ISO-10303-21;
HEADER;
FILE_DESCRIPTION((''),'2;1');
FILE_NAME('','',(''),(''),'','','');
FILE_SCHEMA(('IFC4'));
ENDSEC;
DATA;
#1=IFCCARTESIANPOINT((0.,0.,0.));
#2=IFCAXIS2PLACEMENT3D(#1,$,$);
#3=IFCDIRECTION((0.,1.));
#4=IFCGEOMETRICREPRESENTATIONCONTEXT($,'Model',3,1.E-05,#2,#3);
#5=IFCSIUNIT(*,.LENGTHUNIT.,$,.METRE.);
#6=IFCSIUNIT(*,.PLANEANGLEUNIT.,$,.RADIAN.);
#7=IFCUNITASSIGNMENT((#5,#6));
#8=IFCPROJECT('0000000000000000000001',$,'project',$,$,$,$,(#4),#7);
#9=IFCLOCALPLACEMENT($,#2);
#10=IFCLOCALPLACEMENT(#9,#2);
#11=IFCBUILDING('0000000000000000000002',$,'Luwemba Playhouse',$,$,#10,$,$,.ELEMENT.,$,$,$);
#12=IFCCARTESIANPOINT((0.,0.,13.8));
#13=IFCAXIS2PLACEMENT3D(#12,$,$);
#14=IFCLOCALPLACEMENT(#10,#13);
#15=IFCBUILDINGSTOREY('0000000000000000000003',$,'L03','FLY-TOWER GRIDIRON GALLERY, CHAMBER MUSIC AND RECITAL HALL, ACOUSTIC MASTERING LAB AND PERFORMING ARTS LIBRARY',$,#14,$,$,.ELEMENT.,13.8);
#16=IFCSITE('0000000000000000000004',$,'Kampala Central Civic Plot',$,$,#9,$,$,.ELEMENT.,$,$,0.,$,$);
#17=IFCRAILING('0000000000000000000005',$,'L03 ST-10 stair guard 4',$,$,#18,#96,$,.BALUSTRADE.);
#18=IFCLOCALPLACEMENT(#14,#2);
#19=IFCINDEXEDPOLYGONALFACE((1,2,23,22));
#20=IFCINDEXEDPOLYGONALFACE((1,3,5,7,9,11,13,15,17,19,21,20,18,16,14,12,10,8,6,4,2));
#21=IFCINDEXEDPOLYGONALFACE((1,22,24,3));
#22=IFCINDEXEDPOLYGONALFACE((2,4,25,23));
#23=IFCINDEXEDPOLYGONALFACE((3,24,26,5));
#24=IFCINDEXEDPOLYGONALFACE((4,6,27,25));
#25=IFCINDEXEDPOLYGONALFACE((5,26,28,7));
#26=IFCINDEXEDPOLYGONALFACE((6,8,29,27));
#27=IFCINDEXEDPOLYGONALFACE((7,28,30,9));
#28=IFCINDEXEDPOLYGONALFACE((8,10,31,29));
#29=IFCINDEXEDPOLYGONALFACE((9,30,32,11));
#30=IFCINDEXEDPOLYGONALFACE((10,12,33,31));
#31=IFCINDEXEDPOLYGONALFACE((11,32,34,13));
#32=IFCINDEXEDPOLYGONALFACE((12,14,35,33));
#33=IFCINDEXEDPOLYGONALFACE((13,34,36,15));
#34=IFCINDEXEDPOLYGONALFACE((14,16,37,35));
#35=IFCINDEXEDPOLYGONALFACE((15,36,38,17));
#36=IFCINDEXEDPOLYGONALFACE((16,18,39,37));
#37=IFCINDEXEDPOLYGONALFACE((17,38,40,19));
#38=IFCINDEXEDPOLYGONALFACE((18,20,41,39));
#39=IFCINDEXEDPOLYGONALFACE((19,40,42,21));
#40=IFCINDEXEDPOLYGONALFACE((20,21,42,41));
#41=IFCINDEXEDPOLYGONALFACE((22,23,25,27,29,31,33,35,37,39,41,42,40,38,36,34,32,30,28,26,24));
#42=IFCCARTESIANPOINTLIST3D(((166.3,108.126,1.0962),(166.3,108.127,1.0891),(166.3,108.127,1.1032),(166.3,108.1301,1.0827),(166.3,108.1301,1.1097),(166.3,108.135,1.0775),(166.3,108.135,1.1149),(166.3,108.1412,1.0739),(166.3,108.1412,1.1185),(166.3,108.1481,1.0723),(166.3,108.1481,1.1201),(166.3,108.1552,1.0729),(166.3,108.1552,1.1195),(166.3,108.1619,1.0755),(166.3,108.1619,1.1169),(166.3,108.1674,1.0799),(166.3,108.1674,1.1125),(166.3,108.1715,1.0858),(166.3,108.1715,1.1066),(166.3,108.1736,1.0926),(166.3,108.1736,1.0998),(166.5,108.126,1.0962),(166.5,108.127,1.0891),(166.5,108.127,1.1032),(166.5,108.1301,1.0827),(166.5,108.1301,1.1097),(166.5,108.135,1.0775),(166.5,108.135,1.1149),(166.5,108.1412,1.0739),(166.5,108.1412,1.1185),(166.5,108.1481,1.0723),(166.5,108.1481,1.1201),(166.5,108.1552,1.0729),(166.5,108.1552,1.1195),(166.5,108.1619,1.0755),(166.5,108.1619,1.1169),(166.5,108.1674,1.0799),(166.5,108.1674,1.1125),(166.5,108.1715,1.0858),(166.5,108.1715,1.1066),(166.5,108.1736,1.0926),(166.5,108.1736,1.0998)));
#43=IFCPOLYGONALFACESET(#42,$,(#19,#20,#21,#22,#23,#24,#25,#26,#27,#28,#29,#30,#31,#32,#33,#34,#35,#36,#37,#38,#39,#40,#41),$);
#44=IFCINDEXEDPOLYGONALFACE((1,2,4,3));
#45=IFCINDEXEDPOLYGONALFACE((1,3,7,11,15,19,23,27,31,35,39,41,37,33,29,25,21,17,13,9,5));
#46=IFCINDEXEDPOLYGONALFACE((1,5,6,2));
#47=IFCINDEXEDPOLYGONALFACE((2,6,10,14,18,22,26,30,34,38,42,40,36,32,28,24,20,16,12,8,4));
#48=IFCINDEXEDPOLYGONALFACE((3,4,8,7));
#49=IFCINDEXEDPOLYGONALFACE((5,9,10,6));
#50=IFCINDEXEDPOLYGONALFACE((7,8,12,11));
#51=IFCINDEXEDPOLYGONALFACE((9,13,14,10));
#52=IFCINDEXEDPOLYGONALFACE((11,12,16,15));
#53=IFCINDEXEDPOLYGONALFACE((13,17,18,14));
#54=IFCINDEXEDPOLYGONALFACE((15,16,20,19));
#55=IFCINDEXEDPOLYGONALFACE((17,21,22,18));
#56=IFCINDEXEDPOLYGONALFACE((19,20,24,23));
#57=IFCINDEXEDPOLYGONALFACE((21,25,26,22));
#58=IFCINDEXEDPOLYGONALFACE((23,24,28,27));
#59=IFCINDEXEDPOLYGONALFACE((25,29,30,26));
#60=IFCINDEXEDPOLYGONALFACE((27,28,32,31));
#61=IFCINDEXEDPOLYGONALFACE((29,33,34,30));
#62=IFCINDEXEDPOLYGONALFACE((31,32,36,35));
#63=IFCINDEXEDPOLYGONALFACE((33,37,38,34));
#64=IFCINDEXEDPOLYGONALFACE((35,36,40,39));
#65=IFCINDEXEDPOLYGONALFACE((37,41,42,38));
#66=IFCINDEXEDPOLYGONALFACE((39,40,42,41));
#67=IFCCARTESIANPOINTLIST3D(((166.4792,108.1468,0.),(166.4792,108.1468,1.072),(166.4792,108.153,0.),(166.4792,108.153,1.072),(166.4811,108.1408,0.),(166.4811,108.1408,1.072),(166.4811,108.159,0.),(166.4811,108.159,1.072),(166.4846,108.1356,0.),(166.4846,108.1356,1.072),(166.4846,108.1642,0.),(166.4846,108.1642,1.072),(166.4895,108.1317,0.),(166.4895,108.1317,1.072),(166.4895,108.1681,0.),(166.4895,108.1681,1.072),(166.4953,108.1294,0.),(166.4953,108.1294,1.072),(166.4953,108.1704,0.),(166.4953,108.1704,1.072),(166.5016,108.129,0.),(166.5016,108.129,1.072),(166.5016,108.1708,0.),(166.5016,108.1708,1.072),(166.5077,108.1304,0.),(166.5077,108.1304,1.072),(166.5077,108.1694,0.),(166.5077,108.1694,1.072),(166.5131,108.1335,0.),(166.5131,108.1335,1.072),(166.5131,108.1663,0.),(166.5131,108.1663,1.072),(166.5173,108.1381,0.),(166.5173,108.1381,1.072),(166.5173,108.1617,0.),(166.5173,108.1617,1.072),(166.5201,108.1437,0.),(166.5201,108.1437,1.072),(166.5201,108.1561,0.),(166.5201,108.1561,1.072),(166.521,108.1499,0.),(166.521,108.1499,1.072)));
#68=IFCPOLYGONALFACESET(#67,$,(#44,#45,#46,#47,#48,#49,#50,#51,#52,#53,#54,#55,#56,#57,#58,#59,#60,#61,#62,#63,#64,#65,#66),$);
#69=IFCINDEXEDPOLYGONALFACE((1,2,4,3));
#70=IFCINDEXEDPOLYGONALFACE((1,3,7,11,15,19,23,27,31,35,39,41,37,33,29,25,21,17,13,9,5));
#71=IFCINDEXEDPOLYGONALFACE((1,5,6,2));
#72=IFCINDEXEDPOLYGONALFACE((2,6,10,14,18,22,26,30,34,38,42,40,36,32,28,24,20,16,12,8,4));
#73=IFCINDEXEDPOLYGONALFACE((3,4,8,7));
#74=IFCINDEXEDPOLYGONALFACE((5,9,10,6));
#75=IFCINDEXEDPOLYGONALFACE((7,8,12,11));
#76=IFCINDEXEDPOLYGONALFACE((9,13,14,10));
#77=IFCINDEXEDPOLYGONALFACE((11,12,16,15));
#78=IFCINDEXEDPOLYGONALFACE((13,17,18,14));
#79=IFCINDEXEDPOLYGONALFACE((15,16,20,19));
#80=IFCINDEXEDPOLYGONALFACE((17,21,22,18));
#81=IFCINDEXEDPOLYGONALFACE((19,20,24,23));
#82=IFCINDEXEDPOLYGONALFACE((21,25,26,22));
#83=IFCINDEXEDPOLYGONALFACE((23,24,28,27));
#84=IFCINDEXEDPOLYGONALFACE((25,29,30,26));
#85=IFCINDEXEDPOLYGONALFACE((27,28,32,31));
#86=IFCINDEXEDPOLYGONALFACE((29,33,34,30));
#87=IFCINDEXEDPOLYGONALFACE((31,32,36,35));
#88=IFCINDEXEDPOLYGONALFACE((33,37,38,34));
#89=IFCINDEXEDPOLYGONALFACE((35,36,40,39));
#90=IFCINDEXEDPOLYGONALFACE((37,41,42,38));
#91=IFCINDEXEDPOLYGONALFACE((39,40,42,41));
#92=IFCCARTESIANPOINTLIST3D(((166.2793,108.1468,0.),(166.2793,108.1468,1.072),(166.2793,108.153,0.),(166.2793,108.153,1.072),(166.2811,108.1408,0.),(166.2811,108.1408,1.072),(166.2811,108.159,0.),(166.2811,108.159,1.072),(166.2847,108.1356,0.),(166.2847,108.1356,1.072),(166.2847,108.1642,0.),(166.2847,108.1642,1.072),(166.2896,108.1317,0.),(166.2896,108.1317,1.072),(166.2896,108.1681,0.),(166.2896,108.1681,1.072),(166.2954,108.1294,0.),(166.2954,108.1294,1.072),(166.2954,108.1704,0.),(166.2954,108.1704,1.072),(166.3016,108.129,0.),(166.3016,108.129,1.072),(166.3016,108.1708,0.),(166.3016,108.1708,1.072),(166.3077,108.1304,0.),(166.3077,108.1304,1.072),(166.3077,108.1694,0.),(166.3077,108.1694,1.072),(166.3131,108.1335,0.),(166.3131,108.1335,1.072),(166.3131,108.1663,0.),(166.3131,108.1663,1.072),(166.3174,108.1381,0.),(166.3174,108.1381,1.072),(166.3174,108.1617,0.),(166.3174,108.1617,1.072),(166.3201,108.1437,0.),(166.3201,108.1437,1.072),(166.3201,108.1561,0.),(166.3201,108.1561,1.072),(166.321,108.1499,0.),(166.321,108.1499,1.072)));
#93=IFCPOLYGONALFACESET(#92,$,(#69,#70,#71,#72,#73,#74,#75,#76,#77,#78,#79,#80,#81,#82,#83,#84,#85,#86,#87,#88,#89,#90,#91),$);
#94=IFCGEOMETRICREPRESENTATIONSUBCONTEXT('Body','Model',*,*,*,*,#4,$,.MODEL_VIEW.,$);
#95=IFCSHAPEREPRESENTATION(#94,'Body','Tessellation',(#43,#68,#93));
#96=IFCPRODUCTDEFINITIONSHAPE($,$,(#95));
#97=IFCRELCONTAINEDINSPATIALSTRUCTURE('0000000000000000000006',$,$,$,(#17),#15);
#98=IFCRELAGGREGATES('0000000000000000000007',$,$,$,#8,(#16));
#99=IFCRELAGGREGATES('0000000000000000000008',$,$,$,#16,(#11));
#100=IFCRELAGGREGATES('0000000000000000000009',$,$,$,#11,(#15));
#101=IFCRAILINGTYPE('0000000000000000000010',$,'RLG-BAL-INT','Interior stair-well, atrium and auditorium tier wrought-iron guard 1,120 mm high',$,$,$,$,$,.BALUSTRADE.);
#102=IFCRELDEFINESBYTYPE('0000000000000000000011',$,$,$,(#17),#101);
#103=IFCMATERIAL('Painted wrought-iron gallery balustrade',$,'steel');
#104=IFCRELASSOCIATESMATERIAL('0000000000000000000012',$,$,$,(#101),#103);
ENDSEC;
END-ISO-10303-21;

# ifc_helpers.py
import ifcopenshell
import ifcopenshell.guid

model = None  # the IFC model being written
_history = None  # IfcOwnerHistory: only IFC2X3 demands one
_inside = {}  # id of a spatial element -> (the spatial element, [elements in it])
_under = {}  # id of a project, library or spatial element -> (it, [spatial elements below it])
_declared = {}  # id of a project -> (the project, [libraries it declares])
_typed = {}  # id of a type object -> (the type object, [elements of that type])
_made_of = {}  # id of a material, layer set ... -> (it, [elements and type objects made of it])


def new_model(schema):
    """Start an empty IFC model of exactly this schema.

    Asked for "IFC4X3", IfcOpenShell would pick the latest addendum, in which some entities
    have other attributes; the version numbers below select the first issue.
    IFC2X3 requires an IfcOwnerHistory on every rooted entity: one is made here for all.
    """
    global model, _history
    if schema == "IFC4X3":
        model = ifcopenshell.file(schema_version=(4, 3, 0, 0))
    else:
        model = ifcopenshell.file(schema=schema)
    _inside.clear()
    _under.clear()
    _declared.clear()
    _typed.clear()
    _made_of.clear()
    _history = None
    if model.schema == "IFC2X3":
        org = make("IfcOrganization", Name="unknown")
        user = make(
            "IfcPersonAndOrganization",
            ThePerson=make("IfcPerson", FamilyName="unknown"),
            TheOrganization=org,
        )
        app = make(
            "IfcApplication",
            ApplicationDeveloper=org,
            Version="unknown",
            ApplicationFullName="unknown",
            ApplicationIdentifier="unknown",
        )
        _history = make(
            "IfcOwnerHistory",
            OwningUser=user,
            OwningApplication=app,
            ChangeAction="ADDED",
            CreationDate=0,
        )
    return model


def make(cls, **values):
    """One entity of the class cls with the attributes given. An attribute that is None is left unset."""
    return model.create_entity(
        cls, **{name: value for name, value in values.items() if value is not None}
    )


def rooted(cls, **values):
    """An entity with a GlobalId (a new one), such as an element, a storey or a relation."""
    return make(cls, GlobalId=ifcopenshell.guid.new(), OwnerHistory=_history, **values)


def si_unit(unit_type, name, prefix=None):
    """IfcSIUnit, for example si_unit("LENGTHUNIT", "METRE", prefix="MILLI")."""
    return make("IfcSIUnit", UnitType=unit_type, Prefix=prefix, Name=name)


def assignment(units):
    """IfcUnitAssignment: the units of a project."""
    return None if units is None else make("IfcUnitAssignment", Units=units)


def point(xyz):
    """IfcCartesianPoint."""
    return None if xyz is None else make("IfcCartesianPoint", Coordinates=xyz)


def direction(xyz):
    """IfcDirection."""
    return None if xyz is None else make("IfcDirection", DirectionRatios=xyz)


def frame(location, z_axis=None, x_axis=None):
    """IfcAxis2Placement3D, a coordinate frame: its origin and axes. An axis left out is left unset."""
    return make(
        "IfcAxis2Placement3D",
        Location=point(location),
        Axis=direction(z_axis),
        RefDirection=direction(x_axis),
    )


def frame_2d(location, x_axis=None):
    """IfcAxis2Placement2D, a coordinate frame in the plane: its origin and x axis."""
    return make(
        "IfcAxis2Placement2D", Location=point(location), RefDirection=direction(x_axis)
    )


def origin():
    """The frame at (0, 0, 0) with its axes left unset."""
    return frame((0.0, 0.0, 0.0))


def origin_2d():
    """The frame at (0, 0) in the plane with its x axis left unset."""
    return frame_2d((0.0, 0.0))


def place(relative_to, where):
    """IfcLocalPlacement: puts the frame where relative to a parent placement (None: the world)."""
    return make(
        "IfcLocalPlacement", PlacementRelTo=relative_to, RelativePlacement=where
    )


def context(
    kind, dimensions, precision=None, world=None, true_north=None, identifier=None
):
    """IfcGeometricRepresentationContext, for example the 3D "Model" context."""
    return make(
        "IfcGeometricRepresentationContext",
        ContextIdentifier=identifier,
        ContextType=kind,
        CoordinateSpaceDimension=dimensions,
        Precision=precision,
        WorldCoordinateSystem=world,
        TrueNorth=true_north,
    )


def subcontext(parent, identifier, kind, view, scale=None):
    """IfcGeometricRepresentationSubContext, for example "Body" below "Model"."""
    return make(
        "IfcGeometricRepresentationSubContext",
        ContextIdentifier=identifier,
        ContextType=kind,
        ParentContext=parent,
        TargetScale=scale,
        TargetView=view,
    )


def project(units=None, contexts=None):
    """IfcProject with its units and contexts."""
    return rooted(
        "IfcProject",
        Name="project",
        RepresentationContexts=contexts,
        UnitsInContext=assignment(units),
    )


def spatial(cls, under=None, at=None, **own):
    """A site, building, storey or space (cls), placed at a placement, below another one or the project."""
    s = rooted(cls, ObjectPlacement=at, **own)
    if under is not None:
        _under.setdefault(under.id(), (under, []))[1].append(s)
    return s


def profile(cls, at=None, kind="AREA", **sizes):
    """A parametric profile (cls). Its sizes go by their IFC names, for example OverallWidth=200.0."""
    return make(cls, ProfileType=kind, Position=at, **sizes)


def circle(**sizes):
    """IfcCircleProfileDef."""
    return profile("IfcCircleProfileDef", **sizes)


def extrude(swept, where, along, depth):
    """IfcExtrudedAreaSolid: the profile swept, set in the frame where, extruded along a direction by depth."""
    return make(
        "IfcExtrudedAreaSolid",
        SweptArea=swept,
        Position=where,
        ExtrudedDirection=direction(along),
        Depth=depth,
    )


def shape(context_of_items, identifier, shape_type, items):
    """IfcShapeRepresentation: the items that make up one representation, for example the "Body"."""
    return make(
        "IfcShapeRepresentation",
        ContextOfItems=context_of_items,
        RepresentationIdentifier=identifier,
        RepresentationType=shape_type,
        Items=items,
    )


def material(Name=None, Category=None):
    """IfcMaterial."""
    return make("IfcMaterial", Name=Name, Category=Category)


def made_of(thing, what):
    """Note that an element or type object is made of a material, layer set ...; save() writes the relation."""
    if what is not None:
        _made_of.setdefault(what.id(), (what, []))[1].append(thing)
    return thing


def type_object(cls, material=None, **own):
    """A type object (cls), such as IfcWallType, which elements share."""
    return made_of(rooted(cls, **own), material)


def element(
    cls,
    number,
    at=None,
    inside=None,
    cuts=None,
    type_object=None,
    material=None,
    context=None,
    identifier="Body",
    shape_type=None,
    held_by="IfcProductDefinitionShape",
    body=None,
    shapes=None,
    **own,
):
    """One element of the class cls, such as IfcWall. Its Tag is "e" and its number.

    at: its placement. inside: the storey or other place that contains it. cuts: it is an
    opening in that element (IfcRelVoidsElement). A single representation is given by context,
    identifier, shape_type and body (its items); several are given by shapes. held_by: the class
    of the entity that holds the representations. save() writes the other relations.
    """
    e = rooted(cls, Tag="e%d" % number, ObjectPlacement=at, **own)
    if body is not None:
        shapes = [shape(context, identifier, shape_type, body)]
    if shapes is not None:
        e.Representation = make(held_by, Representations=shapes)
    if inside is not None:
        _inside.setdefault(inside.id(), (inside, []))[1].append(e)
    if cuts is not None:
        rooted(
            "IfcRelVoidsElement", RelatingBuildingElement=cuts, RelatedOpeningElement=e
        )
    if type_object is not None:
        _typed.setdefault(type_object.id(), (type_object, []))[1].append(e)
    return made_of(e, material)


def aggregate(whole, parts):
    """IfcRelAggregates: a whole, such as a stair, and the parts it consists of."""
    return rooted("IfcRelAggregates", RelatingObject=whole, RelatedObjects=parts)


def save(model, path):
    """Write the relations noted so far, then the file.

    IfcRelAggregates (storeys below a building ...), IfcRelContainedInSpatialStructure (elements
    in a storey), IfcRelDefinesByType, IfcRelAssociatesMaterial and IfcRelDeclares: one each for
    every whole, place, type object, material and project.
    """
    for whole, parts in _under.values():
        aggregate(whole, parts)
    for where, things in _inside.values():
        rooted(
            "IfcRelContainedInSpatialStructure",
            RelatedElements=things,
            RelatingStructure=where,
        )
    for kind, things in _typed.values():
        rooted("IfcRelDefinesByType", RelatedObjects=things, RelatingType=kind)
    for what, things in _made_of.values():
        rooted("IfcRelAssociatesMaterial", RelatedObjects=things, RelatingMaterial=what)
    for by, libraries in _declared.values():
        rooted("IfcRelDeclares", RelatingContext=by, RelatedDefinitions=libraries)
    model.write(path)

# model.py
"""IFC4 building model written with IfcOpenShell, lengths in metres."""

from ifc_helpers import new_model, si_unit, direction, frame, origin, origin_2d, place, context, subcontext, project, spatial, circle, extrude, material, type_object, element, save


model = new_model("IFC4")

# Units and contexts
model_context = context("Model", 3, precision=1e-05, world=origin(), true_north=direction((0.0, 1.0)))
body_context = subcontext(model_context, "Body", "Model", "MODEL_VIEW")
ifc_project = project(units=[si_unit("LENGTHUNIT", "METRE"), si_unit("PLANEANGLEUNIT", "RADIAN")], contexts=[model_context])

# Site, building, storey
site_placement = place(None, origin())
site = spatial("IfcSite", under=ifc_project, at=site_placement, Name="Kampala Central Civic Plot", CompositionType="ELEMENT", RefElevation=0.0)
building_placement = place(site_placement, origin())
building = spatial("IfcBuilding", under=site, at=building_placement, Name="Luwemba Playhouse", CompositionType="ELEMENT")
storey_placement = place(building_placement, frame((0.0, 0.0, 13.8)))
storey = spatial("IfcBuildingStorey", under=building, at=storey_placement, Name="L03", Description="FLY-TOWER GRIDIRON GALLERY, CHAMBER MUSIC AND RECITAL HALL, ACOUSTIC MASTERING LAB AND PERFORMING ARTS LIBRARY", CompositionType="ELEMENT", Elevation=13.8)

# Railing
ifc_material_1 = material(Name="Painted wrought-iron gallery balustrade", Category="steel")
railing_type_1 = type_object("IfcRailingType", Name="RLG-BAL-INT", Description="Interior stair-well, atrium and auditorium tier wrought-iron guard 1,120 mm high", PredefinedType="BALUSTRADE", material=ifc_material_1)
railing_1_placement = place(storey_placement, frame((166.5, 108.1499, 0.0)))
element("IfcRailing", 1, at=railing_1_placement, inside=storey, type_object=railing_type_1, Name="L03 ST-10 stair guard 4", PredefinedType="BALUSTRADE", context=body_context, shape_type="SweptSolid", body=[
    extrude(circle(Radius=0.0239, at=origin_2d()), frame((0.0, 0.0, 1.0962), z_axis=(-1.0, 0.0, 0.0), x_axis=(0.0, -1.0, 0.0)), (0.0, 0.0, 1.0), 0.2),
    extrude(circle(Radius=0.021, at=origin_2d()), origin(), (0.0, 0.0, 1.0), 1.072),
    extrude(circle(Radius=0.021, at=origin_2d()), frame((-0.2, 0.0, 0.0)), (0.0, 0.0, 1.0), 1.072),
])

save(model, "model.ifc")
